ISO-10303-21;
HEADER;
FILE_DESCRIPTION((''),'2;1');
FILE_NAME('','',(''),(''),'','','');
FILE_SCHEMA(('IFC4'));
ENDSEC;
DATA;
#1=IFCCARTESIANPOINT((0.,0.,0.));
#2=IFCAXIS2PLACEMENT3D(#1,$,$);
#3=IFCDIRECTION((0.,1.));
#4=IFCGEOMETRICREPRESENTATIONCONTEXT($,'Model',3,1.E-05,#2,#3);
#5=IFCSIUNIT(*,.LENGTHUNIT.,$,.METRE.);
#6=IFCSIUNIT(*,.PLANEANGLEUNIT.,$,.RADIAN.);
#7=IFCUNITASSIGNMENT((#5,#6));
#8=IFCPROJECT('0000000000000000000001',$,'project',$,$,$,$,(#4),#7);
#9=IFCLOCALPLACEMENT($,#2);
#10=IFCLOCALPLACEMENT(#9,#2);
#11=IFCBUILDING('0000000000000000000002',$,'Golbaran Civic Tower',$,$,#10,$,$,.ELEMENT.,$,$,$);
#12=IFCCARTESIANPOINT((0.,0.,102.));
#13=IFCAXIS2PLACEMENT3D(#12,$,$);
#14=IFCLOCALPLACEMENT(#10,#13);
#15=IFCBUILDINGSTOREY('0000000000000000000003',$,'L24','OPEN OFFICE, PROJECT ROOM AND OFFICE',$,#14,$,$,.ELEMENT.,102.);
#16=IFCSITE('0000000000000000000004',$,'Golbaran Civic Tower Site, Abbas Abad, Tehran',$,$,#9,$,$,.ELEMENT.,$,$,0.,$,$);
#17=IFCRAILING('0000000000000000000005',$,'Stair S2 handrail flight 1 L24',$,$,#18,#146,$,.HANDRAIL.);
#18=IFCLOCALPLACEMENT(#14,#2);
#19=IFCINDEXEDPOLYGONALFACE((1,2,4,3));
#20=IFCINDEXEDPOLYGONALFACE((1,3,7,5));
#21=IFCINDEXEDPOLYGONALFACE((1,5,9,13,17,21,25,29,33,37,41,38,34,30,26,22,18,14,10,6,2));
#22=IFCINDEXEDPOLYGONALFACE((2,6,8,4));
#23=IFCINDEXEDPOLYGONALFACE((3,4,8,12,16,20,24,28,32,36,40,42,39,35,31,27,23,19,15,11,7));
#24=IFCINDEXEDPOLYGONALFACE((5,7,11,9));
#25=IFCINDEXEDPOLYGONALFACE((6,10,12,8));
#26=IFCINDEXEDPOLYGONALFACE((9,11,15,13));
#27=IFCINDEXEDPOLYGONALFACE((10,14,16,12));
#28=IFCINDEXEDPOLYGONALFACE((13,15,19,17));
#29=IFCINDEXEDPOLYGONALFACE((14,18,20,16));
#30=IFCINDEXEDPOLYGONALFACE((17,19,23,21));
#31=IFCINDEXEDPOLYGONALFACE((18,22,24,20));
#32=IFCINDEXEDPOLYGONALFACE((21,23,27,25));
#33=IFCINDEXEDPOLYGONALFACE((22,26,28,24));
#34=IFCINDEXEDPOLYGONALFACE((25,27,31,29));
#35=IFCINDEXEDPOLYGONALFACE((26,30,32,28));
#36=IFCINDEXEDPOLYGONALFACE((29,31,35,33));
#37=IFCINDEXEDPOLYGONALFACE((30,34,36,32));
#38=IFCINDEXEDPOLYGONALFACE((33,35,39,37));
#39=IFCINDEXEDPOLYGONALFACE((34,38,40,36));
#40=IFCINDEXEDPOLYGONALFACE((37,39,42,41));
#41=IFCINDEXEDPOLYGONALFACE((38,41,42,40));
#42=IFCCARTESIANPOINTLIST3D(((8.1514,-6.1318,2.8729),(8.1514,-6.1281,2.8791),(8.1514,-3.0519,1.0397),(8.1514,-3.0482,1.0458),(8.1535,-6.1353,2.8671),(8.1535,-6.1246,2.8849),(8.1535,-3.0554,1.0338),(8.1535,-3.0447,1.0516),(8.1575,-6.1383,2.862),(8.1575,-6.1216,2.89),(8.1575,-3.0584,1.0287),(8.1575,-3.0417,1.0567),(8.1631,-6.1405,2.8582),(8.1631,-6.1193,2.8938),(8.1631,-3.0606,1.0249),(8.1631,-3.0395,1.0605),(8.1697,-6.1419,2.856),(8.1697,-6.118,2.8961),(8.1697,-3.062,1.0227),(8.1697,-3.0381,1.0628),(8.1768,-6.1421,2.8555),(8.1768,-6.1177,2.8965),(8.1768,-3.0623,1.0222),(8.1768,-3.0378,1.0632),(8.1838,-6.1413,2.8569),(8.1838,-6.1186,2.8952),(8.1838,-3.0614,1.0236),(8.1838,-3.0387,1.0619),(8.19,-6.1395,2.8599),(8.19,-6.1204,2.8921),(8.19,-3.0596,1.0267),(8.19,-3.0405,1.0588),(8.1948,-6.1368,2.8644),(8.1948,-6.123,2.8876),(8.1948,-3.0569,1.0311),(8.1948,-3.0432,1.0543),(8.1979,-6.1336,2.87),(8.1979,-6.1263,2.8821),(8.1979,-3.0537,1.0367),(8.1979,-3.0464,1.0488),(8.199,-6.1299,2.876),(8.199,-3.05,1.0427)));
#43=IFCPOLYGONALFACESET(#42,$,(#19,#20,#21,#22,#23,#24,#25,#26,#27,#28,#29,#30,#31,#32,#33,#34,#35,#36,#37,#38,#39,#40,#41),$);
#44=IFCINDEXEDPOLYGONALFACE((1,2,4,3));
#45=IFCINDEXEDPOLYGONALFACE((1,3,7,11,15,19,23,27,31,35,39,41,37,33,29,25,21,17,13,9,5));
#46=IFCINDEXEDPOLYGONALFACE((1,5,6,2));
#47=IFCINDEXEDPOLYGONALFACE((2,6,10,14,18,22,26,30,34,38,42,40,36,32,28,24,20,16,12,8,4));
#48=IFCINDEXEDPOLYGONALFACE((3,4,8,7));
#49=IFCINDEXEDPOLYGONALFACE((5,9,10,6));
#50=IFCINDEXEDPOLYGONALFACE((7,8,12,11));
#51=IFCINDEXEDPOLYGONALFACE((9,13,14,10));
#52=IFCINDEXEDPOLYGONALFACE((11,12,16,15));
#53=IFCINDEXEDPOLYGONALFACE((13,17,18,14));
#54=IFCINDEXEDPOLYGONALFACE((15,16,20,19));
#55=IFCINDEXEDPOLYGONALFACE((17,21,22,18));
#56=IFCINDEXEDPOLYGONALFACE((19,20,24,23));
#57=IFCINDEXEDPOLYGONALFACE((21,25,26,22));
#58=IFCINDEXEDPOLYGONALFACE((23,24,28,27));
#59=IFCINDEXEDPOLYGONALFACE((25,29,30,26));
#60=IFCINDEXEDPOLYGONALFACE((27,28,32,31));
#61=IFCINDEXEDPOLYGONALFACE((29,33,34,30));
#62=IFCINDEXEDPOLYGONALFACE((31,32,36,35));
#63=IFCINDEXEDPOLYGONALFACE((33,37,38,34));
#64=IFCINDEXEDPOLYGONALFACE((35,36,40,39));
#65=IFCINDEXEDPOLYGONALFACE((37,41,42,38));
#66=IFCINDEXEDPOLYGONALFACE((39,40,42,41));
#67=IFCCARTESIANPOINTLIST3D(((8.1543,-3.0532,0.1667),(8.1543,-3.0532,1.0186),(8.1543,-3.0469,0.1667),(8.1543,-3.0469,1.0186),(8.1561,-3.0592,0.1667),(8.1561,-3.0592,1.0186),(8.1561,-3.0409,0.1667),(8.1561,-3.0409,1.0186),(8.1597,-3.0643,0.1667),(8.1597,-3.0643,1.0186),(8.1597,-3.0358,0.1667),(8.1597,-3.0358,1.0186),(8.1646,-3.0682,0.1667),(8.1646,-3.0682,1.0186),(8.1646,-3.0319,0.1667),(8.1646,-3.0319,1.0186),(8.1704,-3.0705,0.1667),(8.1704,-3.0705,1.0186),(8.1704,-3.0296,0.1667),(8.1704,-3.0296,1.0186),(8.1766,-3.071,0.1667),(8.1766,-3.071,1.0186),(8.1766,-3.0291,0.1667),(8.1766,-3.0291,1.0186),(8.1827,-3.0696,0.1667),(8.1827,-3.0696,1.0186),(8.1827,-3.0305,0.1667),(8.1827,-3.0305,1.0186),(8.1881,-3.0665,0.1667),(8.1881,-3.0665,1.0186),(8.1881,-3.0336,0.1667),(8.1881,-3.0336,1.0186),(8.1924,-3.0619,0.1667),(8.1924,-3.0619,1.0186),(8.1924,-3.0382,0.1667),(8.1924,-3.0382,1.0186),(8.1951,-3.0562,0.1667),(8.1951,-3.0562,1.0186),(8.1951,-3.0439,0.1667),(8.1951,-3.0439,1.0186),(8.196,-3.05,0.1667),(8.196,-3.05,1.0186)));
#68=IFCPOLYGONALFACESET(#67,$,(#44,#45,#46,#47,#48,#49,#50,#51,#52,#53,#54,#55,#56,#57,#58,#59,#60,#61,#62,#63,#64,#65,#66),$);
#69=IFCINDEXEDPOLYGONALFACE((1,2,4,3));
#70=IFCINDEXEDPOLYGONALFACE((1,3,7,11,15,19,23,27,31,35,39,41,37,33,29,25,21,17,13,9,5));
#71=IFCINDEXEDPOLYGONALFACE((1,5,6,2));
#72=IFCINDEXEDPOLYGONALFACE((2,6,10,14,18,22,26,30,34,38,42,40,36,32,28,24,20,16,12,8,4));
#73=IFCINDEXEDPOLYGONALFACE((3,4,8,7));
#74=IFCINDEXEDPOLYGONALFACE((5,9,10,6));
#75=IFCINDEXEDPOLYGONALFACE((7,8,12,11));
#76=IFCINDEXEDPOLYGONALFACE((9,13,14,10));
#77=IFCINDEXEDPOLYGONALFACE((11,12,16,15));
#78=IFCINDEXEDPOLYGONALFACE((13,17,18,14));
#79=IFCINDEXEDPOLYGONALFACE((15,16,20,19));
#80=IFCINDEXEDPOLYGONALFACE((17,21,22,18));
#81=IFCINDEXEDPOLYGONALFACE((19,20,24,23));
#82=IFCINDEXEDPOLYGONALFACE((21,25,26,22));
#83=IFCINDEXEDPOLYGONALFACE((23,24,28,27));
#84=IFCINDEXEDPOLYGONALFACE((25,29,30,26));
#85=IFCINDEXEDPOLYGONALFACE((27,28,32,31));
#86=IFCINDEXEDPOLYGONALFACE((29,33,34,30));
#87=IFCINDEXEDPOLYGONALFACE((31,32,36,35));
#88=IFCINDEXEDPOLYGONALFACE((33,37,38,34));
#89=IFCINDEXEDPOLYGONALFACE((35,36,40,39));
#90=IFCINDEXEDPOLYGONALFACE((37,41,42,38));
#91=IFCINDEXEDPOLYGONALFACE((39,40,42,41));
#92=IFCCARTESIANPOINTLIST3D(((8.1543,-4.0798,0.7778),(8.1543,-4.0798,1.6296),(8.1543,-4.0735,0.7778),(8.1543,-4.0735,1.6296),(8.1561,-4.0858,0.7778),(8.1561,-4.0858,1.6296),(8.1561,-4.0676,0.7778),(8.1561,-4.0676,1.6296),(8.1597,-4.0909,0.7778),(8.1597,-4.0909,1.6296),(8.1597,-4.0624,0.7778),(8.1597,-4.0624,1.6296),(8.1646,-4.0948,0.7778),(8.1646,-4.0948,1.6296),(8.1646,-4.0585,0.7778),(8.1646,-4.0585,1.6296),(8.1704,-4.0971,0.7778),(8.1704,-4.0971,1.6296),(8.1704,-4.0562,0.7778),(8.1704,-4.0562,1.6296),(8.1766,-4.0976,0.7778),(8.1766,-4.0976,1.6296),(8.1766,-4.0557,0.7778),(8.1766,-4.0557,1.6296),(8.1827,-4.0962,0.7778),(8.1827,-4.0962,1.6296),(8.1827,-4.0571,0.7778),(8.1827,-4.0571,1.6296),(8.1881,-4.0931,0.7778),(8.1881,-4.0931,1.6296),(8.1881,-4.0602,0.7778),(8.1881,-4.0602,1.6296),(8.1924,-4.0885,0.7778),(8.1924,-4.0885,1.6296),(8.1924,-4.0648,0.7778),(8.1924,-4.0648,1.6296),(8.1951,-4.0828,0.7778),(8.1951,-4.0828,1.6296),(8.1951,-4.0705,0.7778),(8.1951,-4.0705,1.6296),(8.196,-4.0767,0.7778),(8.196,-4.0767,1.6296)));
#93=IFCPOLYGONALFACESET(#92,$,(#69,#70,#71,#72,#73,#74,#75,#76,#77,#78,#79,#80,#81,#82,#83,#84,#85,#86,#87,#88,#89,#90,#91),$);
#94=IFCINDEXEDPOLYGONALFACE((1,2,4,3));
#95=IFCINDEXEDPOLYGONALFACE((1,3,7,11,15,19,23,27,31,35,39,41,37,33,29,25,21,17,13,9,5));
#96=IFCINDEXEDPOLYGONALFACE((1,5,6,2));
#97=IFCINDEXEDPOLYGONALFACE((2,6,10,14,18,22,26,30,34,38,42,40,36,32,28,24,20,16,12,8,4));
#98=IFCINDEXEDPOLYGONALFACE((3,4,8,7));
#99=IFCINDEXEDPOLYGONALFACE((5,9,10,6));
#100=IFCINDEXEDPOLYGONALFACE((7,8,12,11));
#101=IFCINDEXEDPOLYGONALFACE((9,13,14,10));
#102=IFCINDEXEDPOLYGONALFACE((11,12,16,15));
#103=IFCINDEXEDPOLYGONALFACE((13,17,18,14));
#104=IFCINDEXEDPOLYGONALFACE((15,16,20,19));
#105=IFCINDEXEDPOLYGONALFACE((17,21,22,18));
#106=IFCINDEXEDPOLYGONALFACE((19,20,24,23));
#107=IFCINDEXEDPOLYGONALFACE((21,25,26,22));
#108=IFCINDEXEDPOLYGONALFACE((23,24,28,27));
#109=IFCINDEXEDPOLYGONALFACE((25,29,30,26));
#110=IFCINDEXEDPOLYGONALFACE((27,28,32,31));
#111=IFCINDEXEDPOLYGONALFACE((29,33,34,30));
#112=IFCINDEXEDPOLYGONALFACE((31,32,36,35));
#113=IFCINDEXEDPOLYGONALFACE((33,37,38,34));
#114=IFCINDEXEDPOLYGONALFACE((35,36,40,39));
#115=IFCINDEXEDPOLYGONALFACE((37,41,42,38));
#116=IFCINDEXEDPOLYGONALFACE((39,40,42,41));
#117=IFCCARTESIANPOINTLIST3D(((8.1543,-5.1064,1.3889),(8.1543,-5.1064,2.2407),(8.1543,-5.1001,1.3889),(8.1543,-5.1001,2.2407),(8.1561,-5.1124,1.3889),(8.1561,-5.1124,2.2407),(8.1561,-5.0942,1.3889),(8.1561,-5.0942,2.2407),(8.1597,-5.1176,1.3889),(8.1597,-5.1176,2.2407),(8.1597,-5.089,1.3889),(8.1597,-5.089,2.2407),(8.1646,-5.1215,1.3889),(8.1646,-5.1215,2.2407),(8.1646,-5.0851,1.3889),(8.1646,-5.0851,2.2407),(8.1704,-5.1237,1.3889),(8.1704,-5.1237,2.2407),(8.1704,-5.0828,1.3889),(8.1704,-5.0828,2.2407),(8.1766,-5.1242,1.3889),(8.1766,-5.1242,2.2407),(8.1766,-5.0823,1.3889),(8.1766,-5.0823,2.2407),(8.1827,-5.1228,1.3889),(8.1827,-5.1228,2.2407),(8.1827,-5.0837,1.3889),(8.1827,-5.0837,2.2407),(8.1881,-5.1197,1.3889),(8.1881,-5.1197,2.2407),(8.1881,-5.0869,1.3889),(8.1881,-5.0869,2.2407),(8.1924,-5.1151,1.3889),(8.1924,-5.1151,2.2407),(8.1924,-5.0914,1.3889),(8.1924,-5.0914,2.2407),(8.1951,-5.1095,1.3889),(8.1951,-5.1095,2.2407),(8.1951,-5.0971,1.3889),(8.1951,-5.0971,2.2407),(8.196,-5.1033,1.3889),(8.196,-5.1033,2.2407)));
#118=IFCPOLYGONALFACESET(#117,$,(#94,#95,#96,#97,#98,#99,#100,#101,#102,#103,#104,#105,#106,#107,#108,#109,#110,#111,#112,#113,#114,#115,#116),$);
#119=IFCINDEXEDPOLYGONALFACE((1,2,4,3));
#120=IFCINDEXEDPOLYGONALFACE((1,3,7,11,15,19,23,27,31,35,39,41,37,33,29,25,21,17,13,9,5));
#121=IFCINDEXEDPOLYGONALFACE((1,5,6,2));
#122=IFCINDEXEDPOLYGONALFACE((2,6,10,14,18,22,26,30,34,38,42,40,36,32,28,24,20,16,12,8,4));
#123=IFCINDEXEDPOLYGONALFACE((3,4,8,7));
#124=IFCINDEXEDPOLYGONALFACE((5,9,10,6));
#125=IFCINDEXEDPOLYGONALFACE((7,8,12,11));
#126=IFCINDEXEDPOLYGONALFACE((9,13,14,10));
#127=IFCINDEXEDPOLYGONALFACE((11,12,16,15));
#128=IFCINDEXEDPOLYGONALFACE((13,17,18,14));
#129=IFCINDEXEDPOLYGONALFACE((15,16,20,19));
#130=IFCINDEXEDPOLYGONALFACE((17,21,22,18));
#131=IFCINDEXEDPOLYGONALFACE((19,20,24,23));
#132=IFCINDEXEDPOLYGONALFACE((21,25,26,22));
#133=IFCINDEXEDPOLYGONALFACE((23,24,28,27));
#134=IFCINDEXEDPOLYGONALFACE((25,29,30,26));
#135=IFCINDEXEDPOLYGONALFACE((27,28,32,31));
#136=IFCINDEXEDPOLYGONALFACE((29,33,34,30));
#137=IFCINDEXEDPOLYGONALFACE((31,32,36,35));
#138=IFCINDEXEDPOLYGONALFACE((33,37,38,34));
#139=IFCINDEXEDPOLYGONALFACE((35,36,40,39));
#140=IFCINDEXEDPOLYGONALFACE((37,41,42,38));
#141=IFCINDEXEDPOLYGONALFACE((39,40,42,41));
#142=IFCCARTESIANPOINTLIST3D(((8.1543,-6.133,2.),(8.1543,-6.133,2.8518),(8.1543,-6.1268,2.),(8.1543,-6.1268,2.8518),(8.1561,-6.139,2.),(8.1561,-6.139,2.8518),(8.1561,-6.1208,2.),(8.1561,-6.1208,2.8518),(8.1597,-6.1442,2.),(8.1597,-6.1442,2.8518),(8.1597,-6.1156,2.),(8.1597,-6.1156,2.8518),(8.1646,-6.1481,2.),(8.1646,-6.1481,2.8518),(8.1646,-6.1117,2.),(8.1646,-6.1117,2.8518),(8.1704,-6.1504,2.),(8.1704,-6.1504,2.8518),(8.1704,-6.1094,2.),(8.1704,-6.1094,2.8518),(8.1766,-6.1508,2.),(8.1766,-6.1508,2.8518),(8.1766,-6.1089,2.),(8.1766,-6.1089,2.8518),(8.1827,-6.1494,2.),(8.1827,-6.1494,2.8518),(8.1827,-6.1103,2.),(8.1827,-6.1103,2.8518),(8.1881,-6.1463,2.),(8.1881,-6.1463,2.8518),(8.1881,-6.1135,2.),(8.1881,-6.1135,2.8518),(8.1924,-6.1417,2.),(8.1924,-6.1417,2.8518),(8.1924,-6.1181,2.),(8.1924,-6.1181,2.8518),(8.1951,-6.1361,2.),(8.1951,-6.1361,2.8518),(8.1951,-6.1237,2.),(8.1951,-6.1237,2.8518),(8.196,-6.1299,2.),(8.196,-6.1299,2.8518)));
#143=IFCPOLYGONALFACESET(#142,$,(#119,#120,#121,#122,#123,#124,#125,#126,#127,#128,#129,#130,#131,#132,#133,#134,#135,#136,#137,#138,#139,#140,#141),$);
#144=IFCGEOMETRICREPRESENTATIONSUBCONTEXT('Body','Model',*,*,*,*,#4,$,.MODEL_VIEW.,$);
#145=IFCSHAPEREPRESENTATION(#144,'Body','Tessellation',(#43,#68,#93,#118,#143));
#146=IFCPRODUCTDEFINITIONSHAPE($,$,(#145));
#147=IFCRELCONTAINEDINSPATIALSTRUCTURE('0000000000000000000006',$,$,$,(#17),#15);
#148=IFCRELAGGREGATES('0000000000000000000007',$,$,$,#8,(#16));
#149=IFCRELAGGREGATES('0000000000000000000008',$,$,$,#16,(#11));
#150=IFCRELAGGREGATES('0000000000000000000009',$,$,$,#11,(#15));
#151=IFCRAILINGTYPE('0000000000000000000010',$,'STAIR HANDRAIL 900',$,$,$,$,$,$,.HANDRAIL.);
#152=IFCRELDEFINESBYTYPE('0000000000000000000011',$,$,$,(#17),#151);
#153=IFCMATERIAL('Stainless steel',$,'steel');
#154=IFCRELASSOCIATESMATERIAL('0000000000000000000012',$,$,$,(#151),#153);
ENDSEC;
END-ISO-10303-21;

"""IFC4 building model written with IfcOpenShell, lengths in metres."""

from ifc_helpers import new_model, si_unit, direction, frame, origin, origin_2d, place, context, subcontext, project, spatial, circle, extrude, material, type_object, element, save


model = new_model("IFC4")

# Units and contexts
model_context = context("Model", 3, precision=1e-05, world=origin(), true_north=direction((0.0, 1.0)))
body_context = subcontext(model_context, "Body", "Model", "MODEL_VIEW")
ifc_project = project(units=[si_unit("LENGTHUNIT", "METRE"), si_unit("PLANEANGLEUNIT", "RADIAN")], contexts=[model_context])

# Site, building, storey
site_placement = place(None, origin())
site = spatial("IfcSite", under=ifc_project, at=site_placement, Name="Golbaran Civic Tower Site, Abbas Abad, Tehran", CompositionType="ELEMENT", RefElevation=0.0)
building_placement = place(site_placement, origin())
building = spatial("IfcBuilding", under=site, at=building_placement, Name="Golbaran Civic Tower", CompositionType="ELEMENT")
storey_placement = place(building_placement, frame((0.0, 0.0, 102.0)))
storey = spatial("IfcBuildingStorey", under=building, at=storey_placement, Name="L24", Description="OPEN OFFICE, PROJECT ROOM AND OFFICE", CompositionType="ELEMENT", Elevation=102.0)

# Shared definitions
ifc_material_1 = material(Name="Stainless steel", Category="steel")

# Railing
railing_type = type_object("IfcRailingType", Name="STAIR HANDRAIL 900", PredefinedType="HANDRAIL", material=ifc_material_1)
railing_1_placement = place(storey_placement, frame((8.175, -3.05, 0.1667)))
element("IfcRailing", 1, at=railing_1_placement, inside=storey, type_object=railing_type, Name="Stair S2 handrail flight 1 L24", PredefinedType="HANDRAIL", context=body_context, shape_type="SweptSolid", body=[
    extrude(circle(Radius=0.0239, at=origin_2d()), frame((0.0, 0.0, 0.876), z_axis=(0.0, -0.859291, 0.511487), x_axis=(1.0, 0.0, 0.0)), (0.0, 0.0, 1.0), 3.5842),
    extrude(circle(Radius=0.021, at=origin_2d()), origin(), (0.0, 0.0, 1.0), 0.8518),
    extrude(circle(Radius=0.021, at=origin_2d()), frame((0.0, -1.0266, 0.6111)), (0.0, 0.0, 1.0), 0.8518),
    extrude(circle(Radius=0.021, at=origin_2d()), frame((0.0, -2.0532, 1.2222)), (0.0, 0.0, 1.0), 0.8518),
    extrude(circle(Radius=0.021, at=origin_2d()), frame((0.0, -3.0798, 1.8333)), (0.0, 0.0, 1.0), 0.8518),
])

save(model, "model.ifc")
